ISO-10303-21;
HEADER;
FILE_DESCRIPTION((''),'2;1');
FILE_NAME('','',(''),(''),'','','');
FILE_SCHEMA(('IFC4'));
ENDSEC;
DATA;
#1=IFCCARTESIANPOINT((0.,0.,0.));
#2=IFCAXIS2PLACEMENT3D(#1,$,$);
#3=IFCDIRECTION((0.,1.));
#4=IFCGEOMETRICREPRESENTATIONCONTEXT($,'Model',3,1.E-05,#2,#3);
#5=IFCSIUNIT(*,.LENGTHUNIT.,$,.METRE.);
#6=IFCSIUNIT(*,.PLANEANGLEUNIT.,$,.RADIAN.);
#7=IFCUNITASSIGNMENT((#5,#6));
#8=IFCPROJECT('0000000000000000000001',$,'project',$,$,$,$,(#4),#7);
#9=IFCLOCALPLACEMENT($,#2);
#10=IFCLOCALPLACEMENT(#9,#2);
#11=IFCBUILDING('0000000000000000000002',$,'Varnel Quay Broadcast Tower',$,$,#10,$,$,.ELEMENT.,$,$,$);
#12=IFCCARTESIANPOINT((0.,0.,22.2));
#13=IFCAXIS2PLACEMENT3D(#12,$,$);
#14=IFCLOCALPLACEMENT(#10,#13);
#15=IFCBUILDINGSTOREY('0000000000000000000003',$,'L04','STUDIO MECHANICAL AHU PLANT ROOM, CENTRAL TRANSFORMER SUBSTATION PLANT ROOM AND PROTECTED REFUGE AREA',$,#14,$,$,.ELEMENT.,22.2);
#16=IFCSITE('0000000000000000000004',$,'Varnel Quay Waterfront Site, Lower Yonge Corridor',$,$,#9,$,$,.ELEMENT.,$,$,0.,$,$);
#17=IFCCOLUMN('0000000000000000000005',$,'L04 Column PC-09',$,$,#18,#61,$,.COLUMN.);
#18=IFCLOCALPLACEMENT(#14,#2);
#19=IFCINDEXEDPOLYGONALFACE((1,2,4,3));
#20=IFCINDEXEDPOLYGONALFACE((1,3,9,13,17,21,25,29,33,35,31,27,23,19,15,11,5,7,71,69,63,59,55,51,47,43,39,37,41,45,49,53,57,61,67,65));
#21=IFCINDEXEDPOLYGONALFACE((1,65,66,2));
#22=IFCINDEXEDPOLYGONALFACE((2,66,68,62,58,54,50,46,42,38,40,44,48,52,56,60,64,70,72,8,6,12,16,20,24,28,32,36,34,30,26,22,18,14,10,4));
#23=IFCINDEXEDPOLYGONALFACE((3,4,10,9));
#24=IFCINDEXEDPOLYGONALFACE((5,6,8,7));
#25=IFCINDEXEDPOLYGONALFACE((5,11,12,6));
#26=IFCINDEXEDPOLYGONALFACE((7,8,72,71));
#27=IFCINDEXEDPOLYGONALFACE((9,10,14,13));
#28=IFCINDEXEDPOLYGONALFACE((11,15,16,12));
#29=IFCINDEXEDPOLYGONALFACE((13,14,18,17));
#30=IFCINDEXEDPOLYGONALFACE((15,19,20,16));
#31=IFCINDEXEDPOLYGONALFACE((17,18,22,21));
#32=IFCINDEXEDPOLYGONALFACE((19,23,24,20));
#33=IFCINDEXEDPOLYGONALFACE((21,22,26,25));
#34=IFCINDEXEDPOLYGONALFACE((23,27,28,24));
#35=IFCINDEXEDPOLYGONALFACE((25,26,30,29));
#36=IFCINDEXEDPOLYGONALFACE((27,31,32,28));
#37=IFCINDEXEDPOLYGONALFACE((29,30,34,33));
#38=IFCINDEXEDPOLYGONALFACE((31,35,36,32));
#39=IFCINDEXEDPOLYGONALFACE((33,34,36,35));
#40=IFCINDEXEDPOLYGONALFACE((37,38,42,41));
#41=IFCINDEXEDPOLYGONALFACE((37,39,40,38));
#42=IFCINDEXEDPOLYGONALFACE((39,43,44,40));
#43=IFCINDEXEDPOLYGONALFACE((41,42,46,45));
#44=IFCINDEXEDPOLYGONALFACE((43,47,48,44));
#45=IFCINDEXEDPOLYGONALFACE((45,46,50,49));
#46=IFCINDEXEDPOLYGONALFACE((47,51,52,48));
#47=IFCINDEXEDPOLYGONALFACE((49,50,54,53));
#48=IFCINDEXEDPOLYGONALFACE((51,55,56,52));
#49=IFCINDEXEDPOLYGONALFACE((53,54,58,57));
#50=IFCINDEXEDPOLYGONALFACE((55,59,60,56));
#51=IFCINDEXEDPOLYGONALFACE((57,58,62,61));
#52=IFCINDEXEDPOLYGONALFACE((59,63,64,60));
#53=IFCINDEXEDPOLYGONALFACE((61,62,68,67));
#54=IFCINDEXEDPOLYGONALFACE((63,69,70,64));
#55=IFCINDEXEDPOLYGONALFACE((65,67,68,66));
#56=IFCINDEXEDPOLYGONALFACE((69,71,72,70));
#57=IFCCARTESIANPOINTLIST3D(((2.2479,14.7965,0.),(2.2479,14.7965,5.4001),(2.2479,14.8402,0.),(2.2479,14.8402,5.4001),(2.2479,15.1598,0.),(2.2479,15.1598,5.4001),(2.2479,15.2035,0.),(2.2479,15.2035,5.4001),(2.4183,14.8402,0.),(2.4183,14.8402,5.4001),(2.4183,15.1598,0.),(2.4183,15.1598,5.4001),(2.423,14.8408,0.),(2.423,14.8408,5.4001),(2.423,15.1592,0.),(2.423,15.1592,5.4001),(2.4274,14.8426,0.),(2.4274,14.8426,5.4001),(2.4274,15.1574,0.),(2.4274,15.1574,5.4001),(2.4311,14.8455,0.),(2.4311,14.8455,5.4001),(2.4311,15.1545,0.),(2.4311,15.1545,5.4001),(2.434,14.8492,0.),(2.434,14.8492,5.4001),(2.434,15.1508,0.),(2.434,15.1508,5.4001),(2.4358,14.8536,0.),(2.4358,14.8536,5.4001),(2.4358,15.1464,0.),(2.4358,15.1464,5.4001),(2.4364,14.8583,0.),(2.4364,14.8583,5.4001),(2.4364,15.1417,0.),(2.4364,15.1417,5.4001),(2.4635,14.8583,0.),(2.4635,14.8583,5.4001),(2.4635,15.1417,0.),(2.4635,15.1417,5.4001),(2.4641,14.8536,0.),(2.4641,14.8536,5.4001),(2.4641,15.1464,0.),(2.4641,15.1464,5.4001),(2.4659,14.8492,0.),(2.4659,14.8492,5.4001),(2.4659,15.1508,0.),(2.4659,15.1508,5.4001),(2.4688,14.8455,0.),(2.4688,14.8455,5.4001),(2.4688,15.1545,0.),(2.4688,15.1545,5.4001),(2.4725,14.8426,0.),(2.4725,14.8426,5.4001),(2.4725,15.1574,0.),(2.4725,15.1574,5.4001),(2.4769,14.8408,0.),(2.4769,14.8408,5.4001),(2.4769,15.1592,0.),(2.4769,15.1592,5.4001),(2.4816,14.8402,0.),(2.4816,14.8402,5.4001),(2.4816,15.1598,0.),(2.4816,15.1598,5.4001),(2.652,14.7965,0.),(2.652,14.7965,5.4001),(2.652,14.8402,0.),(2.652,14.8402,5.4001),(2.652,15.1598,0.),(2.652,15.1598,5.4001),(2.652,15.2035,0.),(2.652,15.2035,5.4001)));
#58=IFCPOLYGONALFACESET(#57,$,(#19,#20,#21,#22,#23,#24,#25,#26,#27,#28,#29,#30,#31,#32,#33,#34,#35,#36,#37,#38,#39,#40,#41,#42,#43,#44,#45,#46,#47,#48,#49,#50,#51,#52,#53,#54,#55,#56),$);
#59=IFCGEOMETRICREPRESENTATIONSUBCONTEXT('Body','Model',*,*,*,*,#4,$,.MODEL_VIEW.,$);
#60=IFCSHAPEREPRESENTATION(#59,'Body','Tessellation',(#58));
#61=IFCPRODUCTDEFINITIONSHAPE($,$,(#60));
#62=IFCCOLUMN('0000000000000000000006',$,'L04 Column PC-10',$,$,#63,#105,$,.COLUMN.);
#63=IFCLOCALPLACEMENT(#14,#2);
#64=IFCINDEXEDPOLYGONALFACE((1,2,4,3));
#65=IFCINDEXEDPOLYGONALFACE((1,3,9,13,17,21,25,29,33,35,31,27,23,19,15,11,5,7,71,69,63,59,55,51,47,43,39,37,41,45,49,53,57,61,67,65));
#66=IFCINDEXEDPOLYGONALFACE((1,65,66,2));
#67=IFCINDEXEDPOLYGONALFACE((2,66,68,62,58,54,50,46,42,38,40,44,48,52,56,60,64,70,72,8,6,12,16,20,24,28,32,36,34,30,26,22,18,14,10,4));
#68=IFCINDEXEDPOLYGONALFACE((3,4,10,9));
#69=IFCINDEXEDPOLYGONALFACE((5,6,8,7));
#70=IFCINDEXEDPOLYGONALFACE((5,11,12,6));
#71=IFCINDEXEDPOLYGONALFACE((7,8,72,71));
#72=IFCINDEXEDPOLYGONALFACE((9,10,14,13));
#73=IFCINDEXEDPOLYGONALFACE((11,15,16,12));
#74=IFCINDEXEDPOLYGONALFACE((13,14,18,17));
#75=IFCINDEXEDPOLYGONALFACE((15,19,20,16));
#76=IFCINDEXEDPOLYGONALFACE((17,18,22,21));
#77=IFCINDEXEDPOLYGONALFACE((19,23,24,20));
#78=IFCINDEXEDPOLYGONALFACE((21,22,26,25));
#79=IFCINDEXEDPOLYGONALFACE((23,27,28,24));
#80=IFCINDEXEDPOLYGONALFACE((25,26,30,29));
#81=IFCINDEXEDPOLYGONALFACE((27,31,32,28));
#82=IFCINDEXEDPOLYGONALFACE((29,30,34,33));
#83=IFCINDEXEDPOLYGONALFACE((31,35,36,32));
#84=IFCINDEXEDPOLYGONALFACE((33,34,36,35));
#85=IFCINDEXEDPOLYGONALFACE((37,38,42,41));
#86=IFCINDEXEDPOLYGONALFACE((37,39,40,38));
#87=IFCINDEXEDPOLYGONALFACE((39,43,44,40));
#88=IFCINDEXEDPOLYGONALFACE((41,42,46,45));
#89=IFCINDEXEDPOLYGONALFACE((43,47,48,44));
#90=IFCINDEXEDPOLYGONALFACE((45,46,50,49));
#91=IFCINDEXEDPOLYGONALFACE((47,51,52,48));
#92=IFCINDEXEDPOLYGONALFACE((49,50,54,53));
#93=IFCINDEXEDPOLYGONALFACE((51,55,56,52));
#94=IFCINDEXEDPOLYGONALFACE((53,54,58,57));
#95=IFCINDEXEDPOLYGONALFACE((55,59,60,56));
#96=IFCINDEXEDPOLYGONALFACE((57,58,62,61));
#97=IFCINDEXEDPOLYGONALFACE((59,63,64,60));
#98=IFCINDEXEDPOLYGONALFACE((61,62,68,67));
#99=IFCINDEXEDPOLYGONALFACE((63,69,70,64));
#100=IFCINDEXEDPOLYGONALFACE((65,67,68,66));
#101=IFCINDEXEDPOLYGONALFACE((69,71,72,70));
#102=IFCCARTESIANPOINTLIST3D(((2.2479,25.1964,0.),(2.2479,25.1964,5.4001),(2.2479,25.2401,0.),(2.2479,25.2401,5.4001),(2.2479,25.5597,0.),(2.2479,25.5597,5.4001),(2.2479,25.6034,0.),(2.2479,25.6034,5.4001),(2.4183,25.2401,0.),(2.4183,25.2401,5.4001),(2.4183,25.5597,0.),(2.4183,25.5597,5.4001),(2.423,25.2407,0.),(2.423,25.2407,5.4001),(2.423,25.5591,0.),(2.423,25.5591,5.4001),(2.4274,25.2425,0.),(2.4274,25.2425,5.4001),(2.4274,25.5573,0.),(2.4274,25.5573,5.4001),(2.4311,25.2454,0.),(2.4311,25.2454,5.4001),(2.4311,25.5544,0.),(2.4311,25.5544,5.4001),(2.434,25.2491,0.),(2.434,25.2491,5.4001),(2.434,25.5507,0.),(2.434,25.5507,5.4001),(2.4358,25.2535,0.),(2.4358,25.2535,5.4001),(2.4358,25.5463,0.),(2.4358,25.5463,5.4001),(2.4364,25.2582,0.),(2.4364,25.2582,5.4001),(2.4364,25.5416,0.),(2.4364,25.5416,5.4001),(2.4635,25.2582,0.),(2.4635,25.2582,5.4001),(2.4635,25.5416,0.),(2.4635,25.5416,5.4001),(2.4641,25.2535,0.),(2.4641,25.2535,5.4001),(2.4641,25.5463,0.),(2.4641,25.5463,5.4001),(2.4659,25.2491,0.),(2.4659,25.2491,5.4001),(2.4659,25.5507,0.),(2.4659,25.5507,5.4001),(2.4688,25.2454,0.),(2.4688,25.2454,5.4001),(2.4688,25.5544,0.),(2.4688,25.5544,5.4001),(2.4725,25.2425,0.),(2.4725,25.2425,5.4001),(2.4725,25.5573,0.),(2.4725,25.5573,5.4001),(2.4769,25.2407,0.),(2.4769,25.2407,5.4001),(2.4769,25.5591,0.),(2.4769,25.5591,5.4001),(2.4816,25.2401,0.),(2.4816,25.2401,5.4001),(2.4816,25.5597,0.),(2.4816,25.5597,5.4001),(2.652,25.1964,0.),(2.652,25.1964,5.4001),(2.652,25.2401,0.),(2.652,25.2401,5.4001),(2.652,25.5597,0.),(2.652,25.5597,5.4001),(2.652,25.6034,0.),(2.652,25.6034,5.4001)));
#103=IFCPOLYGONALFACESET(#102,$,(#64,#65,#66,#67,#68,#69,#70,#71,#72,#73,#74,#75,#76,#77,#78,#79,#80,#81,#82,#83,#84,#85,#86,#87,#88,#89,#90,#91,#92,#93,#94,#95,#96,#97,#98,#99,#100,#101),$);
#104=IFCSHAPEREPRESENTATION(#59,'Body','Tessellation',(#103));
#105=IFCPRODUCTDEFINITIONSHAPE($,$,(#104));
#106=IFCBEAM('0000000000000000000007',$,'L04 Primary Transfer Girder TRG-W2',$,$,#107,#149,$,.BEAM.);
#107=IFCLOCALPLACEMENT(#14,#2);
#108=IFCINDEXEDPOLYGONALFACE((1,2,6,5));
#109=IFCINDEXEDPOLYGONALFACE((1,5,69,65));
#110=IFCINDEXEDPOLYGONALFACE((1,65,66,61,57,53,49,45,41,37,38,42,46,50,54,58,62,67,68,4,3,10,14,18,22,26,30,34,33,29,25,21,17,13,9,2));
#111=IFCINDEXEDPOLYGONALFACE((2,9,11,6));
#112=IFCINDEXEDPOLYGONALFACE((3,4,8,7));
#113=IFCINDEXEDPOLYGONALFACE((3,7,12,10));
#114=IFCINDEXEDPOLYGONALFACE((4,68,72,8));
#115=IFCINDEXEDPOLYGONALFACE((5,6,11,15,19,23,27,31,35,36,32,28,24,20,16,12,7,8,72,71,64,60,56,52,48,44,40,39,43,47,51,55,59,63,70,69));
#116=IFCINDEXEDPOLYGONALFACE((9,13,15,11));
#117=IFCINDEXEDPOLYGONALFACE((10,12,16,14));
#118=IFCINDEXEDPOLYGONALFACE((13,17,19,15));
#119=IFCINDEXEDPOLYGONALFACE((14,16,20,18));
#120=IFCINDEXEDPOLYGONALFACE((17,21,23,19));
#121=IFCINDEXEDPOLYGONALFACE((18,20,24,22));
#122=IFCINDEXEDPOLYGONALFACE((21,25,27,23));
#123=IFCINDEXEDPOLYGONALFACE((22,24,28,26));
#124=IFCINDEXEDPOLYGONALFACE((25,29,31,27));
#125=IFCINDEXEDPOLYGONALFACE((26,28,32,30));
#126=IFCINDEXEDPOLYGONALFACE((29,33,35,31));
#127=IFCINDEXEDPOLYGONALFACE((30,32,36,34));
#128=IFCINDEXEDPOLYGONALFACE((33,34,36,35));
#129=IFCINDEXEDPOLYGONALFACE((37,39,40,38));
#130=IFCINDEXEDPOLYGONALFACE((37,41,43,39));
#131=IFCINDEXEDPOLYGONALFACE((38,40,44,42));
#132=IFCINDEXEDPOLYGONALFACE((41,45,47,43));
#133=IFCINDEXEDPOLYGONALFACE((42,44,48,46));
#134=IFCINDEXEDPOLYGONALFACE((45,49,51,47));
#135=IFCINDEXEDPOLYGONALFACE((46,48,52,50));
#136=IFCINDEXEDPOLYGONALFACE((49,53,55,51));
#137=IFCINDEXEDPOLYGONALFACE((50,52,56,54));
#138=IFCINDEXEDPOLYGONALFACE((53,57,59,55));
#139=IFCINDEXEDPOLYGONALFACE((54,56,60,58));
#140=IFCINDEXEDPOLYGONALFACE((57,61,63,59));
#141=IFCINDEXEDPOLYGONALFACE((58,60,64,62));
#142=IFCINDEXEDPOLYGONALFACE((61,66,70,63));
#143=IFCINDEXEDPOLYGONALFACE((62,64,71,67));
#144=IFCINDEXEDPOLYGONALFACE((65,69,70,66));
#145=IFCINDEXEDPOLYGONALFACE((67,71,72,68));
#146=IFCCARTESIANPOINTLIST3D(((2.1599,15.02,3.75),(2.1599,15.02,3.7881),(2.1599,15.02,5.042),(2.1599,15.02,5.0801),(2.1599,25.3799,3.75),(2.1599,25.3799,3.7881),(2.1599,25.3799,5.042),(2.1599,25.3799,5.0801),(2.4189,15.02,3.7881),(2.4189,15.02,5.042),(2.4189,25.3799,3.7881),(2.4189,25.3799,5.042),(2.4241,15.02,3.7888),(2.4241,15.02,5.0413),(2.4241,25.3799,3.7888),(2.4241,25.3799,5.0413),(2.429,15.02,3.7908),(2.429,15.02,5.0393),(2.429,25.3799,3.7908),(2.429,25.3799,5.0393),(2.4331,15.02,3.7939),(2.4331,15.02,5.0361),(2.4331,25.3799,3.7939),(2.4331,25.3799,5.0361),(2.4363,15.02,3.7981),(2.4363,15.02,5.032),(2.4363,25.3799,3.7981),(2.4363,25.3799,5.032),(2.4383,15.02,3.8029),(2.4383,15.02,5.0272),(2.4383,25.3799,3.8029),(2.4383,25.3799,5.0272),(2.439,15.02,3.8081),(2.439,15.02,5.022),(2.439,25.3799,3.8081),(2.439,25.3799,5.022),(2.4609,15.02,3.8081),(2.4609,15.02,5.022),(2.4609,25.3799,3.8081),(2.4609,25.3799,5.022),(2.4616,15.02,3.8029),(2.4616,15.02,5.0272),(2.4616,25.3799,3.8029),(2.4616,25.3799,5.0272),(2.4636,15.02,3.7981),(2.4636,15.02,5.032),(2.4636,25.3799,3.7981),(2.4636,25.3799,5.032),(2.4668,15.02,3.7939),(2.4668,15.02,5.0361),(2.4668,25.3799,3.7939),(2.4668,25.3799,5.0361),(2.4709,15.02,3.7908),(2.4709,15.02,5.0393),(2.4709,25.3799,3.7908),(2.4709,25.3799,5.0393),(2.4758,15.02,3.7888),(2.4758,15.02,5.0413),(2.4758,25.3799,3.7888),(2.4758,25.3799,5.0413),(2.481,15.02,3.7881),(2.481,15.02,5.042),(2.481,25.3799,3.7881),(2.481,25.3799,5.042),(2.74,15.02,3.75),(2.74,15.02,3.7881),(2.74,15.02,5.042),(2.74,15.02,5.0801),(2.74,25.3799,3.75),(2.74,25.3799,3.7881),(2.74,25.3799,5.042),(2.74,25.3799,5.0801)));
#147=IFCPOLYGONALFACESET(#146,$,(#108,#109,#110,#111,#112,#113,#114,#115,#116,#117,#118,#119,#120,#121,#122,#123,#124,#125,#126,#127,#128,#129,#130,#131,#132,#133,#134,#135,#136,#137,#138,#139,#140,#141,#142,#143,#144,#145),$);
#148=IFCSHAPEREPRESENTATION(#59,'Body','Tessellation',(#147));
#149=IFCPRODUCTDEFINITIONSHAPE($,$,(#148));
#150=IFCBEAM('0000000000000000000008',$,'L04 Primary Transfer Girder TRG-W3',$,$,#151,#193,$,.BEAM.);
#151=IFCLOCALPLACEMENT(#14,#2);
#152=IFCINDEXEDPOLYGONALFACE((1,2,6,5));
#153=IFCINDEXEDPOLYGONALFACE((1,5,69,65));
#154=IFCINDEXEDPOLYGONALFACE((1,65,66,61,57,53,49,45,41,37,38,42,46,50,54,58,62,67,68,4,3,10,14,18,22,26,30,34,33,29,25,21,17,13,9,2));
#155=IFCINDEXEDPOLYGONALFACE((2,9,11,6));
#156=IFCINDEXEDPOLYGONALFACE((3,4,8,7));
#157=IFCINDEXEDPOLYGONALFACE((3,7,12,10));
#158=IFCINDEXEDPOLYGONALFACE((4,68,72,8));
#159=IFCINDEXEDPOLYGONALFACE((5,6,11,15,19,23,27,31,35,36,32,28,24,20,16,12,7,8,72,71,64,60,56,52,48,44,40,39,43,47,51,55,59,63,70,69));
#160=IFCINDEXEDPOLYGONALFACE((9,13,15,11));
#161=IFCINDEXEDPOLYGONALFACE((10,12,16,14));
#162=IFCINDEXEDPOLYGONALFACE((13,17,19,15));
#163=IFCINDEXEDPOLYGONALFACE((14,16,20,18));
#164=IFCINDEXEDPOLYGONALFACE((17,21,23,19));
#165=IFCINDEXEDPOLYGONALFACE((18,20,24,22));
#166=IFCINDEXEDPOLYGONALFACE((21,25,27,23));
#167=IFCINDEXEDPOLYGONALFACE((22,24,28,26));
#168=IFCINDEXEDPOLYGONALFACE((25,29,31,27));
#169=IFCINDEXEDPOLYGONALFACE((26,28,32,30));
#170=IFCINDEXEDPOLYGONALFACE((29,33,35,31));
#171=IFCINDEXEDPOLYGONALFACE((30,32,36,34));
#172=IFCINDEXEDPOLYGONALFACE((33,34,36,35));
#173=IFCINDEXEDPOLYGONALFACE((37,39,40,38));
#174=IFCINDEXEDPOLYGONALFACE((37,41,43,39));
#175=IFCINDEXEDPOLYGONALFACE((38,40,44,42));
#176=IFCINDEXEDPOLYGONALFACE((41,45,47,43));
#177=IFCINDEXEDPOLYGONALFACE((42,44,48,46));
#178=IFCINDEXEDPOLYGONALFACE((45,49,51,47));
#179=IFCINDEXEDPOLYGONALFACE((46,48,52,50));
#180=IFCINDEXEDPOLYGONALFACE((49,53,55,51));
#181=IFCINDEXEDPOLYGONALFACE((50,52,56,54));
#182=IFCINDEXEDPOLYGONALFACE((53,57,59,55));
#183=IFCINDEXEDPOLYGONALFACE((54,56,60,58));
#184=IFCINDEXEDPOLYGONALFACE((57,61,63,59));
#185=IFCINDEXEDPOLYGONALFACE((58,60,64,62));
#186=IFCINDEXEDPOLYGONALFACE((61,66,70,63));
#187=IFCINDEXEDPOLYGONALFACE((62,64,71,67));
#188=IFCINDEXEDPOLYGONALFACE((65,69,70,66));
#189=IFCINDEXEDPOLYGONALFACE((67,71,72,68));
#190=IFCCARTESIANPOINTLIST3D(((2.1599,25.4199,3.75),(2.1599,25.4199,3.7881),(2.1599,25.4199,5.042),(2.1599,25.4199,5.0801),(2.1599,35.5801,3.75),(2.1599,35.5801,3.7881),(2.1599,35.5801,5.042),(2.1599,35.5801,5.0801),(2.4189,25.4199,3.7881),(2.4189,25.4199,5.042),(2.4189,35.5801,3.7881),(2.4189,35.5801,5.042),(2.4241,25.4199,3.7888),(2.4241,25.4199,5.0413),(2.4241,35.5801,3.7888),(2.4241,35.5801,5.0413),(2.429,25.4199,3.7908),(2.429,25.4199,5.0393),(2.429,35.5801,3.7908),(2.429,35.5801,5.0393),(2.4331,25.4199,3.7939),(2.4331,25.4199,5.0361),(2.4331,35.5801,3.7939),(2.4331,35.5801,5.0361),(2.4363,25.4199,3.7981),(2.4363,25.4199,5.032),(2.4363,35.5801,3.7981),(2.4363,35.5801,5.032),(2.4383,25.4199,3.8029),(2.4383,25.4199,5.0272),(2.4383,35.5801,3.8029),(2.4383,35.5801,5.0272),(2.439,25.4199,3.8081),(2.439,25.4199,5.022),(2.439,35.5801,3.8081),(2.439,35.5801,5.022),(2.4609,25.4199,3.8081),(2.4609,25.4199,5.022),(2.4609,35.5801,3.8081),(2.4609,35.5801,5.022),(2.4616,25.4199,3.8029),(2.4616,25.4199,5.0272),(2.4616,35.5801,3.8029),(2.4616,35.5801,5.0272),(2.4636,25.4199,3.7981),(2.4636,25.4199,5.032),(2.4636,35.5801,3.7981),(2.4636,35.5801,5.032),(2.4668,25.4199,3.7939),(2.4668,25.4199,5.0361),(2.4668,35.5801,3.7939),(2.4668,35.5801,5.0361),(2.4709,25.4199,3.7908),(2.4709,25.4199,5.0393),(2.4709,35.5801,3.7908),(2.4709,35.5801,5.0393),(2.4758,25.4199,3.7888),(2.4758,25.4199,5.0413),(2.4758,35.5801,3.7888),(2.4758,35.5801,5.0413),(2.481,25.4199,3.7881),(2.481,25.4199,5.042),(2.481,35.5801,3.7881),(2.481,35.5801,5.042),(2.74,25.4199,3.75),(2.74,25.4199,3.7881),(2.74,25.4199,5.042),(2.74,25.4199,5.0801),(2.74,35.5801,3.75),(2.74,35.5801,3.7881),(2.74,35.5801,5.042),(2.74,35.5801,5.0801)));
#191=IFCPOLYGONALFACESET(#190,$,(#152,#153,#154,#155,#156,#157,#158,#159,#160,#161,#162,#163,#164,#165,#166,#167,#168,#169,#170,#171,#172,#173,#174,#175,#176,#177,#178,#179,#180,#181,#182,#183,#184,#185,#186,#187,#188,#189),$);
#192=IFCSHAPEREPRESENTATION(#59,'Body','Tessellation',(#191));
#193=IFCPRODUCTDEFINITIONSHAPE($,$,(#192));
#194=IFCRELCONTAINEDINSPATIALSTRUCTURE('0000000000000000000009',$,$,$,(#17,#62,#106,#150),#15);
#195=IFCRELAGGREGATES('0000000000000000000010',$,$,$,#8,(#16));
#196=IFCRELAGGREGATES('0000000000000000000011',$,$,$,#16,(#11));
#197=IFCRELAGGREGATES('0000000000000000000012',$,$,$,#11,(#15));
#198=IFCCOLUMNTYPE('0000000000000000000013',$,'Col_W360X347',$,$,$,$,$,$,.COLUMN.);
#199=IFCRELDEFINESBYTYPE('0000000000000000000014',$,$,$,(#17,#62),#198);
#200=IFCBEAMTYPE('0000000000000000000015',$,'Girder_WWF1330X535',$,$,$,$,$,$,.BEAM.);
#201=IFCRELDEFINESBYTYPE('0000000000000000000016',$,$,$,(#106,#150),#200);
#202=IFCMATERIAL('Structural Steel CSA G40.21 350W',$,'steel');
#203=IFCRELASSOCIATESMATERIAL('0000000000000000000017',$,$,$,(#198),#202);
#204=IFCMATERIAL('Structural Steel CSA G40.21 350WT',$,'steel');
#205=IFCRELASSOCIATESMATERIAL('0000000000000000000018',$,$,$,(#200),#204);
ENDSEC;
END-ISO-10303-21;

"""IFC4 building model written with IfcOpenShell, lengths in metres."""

from ifc_helpers import new_model, si_unit, direction, frame, origin, origin_2d, place, context, subcontext, project, spatial, i_section, extrude, source, transform, mapped, material, material_profile, profile_set, type_object, type_shapes, element, save


model = new_model("IFC4")

# Units and contexts
model_context = context("Model", 3, precision=1e-05, world=origin(), true_north=direction((0.0, 1.0)))
body_context = subcontext(model_context, "Body", "Model", "MODEL_VIEW")
ifc_project = project(units=[si_unit("LENGTHUNIT", "METRE"), si_unit("PLANEANGLEUNIT", "RADIAN")], contexts=[model_context])

# Site, building, storey
site_placement = place(None, origin())
site = spatial("IfcSite", under=ifc_project, at=site_placement, Name="Varnel Quay Waterfront Site, Lower Yonge Corridor", CompositionType="ELEMENT", RefElevation=0.0)
building_placement = place(site_placement, origin())
building = spatial("IfcBuilding", under=site, at=building_placement, Name="Varnel Quay Broadcast Tower", CompositionType="ELEMENT")
storey_placement = place(building_placement, frame((0.0, 0.0, 22.2)))
storey = spatial("IfcBuildingStorey", under=building, at=storey_placement, Name="L04", Description="STUDIO MECHANICAL AHU PLANT ROOM, CENTRAL TRANSFORMER SUBSTATION PLANT ROOM AND PROTECTED REFUGE AREA", CompositionType="ELEMENT", Elevation=22.2)

# Columns
ifc_material_1 = material(Name="Structural Steel CSA G40.21 350W", Category="steel")
ifc_material_profile_1 = material_profile(ifc_material_1, i_section(OverallWidth=0.4041, OverallDepth=0.407, WebThickness=0.0271, FlangeThickness=0.0437, FilletRadius=0.0181, at=origin_2d()), Name="W360X347")
ifc_profile_set_1 = profile_set([ifc_material_profile_1], Name="Structural Steel CSA G40.21 350W")
column_type = type_object("IfcColumnType", Name="Col_W360X347", PredefinedType="COLUMN", material=ifc_profile_set_1)
shared_shape_1 = source(origin(), body_context, "Body", "SweptSolid", [
    extrude(i_section(OverallWidth=0.4041, OverallDepth=0.407, WebThickness=0.0271, FlangeThickness=0.0437, FilletRadius=0.0181, at=origin_2d()), origin(), (0.0, 0.0, 1.0), 5.4001),
])
type_shapes(column_type, [shared_shape_1])
for number, where, z_axis, x_axis, name in (
    (1, (2.45, 15.0, 0.0), (0.0, 0.0, 1.0), (1.0, 0.0, 0.0), "L04 Column PC-09"),
    (2, (2.45, 25.3999, 0.0), (0.0, 0.0, 1.0), (1.0, 0.0, 0.0), "L04 Column PC-10"),
):
    element("IfcColumn", number, at=place(storey_placement, frame(where, z_axis=z_axis, x_axis=x_axis)), inside=storey, type_object=column_type, Name=name, PredefinedType="COLUMN", context=body_context, shape_type="MappedRepresentation", body=[
        mapped(shared_shape_1, transform((0.0, 0.0, 0.0), x_axis=(1.0, 0.0, 0.0), y_axis=(0.0, 1.0, 0.0), z_axis=(0.0, 0.0, 1.0), scale=1.0)),
    ])

# Beams
ifc_material_2 = material(Name="Structural Steel CSA G40.21 350WT", Category="steel")
ifc_material_profile_2 = material_profile(ifc_material_2, i_section(OverallWidth=0.5801, OverallDepth=1.3301, WebThickness=0.022, FlangeThickness=0.0381, FilletRadius=0.02, at=origin_2d()), Name="WWF1330X535")
ifc_profile_set_2 = profile_set([ifc_material_profile_2], Name="Structural Steel CSA G40.21 350WT")
beam_type_1 = type_object("IfcBeamType", Name="Girder_WWF1330X535", PredefinedType="BEAM", material=ifc_profile_set_2)
shared_shape_2 = source(origin(), body_context, "Body", "SweptSolid", [
    extrude(i_section(OverallWidth=0.5801, OverallDepth=1.3301, WebThickness=0.022, FlangeThickness=0.0381, FilletRadius=0.02, at=origin_2d()), origin(), (0.0, 0.0, 1.0), 10.3599),
])
beam_1_placement = place(storey_placement, frame((2.45, 15.02, 4.415), z_axis=(0.0, 1.0, 0.0), x_axis=(-1.0, 0.0, 0.0)))
element("IfcBeam", 3, at=beam_1_placement, inside=storey, type_object=beam_type_1, Name="L04 Primary Transfer Girder TRG-W2", PredefinedType="BEAM", context=body_context, shape_type="MappedRepresentation", body=[
    mapped(shared_shape_2, transform((0.0, 0.0, 0.0), x_axis=(1.0, 0.0, 0.0), y_axis=(0.0, 1.0, 0.0), z_axis=(0.0, 0.0, 1.0), scale=1.0)),
])
shared_shape_3 = source(origin(), body_context, "Body", "SweptSolid", [
    extrude(i_section(OverallWidth=0.5801, OverallDepth=1.3301, WebThickness=0.022, FlangeThickness=0.0381, FilletRadius=0.02, at=origin_2d()), origin(), (0.0, 0.0, 1.0), 10.1602),
])
beam_2_placement = place(storey_placement, frame((2.45, 25.4199, 4.415), z_axis=(0.0, 1.0, 0.0), x_axis=(-1.0, 0.0, 0.0)))
element("IfcBeam", 4, at=beam_2_placement, inside=storey, type_object=beam_type_1, Name="L04 Primary Transfer Girder TRG-W3", PredefinedType="BEAM", context=body_context, shape_type="MappedRepresentation", body=[
    mapped(shared_shape_3, transform((0.0, 0.0, 0.0), x_axis=(1.0, 0.0, 0.0), y_axis=(0.0, 1.0, 0.0), z_axis=(0.0, 0.0, 1.0), scale=1.0)),
])

save(model, "model.ifc")
